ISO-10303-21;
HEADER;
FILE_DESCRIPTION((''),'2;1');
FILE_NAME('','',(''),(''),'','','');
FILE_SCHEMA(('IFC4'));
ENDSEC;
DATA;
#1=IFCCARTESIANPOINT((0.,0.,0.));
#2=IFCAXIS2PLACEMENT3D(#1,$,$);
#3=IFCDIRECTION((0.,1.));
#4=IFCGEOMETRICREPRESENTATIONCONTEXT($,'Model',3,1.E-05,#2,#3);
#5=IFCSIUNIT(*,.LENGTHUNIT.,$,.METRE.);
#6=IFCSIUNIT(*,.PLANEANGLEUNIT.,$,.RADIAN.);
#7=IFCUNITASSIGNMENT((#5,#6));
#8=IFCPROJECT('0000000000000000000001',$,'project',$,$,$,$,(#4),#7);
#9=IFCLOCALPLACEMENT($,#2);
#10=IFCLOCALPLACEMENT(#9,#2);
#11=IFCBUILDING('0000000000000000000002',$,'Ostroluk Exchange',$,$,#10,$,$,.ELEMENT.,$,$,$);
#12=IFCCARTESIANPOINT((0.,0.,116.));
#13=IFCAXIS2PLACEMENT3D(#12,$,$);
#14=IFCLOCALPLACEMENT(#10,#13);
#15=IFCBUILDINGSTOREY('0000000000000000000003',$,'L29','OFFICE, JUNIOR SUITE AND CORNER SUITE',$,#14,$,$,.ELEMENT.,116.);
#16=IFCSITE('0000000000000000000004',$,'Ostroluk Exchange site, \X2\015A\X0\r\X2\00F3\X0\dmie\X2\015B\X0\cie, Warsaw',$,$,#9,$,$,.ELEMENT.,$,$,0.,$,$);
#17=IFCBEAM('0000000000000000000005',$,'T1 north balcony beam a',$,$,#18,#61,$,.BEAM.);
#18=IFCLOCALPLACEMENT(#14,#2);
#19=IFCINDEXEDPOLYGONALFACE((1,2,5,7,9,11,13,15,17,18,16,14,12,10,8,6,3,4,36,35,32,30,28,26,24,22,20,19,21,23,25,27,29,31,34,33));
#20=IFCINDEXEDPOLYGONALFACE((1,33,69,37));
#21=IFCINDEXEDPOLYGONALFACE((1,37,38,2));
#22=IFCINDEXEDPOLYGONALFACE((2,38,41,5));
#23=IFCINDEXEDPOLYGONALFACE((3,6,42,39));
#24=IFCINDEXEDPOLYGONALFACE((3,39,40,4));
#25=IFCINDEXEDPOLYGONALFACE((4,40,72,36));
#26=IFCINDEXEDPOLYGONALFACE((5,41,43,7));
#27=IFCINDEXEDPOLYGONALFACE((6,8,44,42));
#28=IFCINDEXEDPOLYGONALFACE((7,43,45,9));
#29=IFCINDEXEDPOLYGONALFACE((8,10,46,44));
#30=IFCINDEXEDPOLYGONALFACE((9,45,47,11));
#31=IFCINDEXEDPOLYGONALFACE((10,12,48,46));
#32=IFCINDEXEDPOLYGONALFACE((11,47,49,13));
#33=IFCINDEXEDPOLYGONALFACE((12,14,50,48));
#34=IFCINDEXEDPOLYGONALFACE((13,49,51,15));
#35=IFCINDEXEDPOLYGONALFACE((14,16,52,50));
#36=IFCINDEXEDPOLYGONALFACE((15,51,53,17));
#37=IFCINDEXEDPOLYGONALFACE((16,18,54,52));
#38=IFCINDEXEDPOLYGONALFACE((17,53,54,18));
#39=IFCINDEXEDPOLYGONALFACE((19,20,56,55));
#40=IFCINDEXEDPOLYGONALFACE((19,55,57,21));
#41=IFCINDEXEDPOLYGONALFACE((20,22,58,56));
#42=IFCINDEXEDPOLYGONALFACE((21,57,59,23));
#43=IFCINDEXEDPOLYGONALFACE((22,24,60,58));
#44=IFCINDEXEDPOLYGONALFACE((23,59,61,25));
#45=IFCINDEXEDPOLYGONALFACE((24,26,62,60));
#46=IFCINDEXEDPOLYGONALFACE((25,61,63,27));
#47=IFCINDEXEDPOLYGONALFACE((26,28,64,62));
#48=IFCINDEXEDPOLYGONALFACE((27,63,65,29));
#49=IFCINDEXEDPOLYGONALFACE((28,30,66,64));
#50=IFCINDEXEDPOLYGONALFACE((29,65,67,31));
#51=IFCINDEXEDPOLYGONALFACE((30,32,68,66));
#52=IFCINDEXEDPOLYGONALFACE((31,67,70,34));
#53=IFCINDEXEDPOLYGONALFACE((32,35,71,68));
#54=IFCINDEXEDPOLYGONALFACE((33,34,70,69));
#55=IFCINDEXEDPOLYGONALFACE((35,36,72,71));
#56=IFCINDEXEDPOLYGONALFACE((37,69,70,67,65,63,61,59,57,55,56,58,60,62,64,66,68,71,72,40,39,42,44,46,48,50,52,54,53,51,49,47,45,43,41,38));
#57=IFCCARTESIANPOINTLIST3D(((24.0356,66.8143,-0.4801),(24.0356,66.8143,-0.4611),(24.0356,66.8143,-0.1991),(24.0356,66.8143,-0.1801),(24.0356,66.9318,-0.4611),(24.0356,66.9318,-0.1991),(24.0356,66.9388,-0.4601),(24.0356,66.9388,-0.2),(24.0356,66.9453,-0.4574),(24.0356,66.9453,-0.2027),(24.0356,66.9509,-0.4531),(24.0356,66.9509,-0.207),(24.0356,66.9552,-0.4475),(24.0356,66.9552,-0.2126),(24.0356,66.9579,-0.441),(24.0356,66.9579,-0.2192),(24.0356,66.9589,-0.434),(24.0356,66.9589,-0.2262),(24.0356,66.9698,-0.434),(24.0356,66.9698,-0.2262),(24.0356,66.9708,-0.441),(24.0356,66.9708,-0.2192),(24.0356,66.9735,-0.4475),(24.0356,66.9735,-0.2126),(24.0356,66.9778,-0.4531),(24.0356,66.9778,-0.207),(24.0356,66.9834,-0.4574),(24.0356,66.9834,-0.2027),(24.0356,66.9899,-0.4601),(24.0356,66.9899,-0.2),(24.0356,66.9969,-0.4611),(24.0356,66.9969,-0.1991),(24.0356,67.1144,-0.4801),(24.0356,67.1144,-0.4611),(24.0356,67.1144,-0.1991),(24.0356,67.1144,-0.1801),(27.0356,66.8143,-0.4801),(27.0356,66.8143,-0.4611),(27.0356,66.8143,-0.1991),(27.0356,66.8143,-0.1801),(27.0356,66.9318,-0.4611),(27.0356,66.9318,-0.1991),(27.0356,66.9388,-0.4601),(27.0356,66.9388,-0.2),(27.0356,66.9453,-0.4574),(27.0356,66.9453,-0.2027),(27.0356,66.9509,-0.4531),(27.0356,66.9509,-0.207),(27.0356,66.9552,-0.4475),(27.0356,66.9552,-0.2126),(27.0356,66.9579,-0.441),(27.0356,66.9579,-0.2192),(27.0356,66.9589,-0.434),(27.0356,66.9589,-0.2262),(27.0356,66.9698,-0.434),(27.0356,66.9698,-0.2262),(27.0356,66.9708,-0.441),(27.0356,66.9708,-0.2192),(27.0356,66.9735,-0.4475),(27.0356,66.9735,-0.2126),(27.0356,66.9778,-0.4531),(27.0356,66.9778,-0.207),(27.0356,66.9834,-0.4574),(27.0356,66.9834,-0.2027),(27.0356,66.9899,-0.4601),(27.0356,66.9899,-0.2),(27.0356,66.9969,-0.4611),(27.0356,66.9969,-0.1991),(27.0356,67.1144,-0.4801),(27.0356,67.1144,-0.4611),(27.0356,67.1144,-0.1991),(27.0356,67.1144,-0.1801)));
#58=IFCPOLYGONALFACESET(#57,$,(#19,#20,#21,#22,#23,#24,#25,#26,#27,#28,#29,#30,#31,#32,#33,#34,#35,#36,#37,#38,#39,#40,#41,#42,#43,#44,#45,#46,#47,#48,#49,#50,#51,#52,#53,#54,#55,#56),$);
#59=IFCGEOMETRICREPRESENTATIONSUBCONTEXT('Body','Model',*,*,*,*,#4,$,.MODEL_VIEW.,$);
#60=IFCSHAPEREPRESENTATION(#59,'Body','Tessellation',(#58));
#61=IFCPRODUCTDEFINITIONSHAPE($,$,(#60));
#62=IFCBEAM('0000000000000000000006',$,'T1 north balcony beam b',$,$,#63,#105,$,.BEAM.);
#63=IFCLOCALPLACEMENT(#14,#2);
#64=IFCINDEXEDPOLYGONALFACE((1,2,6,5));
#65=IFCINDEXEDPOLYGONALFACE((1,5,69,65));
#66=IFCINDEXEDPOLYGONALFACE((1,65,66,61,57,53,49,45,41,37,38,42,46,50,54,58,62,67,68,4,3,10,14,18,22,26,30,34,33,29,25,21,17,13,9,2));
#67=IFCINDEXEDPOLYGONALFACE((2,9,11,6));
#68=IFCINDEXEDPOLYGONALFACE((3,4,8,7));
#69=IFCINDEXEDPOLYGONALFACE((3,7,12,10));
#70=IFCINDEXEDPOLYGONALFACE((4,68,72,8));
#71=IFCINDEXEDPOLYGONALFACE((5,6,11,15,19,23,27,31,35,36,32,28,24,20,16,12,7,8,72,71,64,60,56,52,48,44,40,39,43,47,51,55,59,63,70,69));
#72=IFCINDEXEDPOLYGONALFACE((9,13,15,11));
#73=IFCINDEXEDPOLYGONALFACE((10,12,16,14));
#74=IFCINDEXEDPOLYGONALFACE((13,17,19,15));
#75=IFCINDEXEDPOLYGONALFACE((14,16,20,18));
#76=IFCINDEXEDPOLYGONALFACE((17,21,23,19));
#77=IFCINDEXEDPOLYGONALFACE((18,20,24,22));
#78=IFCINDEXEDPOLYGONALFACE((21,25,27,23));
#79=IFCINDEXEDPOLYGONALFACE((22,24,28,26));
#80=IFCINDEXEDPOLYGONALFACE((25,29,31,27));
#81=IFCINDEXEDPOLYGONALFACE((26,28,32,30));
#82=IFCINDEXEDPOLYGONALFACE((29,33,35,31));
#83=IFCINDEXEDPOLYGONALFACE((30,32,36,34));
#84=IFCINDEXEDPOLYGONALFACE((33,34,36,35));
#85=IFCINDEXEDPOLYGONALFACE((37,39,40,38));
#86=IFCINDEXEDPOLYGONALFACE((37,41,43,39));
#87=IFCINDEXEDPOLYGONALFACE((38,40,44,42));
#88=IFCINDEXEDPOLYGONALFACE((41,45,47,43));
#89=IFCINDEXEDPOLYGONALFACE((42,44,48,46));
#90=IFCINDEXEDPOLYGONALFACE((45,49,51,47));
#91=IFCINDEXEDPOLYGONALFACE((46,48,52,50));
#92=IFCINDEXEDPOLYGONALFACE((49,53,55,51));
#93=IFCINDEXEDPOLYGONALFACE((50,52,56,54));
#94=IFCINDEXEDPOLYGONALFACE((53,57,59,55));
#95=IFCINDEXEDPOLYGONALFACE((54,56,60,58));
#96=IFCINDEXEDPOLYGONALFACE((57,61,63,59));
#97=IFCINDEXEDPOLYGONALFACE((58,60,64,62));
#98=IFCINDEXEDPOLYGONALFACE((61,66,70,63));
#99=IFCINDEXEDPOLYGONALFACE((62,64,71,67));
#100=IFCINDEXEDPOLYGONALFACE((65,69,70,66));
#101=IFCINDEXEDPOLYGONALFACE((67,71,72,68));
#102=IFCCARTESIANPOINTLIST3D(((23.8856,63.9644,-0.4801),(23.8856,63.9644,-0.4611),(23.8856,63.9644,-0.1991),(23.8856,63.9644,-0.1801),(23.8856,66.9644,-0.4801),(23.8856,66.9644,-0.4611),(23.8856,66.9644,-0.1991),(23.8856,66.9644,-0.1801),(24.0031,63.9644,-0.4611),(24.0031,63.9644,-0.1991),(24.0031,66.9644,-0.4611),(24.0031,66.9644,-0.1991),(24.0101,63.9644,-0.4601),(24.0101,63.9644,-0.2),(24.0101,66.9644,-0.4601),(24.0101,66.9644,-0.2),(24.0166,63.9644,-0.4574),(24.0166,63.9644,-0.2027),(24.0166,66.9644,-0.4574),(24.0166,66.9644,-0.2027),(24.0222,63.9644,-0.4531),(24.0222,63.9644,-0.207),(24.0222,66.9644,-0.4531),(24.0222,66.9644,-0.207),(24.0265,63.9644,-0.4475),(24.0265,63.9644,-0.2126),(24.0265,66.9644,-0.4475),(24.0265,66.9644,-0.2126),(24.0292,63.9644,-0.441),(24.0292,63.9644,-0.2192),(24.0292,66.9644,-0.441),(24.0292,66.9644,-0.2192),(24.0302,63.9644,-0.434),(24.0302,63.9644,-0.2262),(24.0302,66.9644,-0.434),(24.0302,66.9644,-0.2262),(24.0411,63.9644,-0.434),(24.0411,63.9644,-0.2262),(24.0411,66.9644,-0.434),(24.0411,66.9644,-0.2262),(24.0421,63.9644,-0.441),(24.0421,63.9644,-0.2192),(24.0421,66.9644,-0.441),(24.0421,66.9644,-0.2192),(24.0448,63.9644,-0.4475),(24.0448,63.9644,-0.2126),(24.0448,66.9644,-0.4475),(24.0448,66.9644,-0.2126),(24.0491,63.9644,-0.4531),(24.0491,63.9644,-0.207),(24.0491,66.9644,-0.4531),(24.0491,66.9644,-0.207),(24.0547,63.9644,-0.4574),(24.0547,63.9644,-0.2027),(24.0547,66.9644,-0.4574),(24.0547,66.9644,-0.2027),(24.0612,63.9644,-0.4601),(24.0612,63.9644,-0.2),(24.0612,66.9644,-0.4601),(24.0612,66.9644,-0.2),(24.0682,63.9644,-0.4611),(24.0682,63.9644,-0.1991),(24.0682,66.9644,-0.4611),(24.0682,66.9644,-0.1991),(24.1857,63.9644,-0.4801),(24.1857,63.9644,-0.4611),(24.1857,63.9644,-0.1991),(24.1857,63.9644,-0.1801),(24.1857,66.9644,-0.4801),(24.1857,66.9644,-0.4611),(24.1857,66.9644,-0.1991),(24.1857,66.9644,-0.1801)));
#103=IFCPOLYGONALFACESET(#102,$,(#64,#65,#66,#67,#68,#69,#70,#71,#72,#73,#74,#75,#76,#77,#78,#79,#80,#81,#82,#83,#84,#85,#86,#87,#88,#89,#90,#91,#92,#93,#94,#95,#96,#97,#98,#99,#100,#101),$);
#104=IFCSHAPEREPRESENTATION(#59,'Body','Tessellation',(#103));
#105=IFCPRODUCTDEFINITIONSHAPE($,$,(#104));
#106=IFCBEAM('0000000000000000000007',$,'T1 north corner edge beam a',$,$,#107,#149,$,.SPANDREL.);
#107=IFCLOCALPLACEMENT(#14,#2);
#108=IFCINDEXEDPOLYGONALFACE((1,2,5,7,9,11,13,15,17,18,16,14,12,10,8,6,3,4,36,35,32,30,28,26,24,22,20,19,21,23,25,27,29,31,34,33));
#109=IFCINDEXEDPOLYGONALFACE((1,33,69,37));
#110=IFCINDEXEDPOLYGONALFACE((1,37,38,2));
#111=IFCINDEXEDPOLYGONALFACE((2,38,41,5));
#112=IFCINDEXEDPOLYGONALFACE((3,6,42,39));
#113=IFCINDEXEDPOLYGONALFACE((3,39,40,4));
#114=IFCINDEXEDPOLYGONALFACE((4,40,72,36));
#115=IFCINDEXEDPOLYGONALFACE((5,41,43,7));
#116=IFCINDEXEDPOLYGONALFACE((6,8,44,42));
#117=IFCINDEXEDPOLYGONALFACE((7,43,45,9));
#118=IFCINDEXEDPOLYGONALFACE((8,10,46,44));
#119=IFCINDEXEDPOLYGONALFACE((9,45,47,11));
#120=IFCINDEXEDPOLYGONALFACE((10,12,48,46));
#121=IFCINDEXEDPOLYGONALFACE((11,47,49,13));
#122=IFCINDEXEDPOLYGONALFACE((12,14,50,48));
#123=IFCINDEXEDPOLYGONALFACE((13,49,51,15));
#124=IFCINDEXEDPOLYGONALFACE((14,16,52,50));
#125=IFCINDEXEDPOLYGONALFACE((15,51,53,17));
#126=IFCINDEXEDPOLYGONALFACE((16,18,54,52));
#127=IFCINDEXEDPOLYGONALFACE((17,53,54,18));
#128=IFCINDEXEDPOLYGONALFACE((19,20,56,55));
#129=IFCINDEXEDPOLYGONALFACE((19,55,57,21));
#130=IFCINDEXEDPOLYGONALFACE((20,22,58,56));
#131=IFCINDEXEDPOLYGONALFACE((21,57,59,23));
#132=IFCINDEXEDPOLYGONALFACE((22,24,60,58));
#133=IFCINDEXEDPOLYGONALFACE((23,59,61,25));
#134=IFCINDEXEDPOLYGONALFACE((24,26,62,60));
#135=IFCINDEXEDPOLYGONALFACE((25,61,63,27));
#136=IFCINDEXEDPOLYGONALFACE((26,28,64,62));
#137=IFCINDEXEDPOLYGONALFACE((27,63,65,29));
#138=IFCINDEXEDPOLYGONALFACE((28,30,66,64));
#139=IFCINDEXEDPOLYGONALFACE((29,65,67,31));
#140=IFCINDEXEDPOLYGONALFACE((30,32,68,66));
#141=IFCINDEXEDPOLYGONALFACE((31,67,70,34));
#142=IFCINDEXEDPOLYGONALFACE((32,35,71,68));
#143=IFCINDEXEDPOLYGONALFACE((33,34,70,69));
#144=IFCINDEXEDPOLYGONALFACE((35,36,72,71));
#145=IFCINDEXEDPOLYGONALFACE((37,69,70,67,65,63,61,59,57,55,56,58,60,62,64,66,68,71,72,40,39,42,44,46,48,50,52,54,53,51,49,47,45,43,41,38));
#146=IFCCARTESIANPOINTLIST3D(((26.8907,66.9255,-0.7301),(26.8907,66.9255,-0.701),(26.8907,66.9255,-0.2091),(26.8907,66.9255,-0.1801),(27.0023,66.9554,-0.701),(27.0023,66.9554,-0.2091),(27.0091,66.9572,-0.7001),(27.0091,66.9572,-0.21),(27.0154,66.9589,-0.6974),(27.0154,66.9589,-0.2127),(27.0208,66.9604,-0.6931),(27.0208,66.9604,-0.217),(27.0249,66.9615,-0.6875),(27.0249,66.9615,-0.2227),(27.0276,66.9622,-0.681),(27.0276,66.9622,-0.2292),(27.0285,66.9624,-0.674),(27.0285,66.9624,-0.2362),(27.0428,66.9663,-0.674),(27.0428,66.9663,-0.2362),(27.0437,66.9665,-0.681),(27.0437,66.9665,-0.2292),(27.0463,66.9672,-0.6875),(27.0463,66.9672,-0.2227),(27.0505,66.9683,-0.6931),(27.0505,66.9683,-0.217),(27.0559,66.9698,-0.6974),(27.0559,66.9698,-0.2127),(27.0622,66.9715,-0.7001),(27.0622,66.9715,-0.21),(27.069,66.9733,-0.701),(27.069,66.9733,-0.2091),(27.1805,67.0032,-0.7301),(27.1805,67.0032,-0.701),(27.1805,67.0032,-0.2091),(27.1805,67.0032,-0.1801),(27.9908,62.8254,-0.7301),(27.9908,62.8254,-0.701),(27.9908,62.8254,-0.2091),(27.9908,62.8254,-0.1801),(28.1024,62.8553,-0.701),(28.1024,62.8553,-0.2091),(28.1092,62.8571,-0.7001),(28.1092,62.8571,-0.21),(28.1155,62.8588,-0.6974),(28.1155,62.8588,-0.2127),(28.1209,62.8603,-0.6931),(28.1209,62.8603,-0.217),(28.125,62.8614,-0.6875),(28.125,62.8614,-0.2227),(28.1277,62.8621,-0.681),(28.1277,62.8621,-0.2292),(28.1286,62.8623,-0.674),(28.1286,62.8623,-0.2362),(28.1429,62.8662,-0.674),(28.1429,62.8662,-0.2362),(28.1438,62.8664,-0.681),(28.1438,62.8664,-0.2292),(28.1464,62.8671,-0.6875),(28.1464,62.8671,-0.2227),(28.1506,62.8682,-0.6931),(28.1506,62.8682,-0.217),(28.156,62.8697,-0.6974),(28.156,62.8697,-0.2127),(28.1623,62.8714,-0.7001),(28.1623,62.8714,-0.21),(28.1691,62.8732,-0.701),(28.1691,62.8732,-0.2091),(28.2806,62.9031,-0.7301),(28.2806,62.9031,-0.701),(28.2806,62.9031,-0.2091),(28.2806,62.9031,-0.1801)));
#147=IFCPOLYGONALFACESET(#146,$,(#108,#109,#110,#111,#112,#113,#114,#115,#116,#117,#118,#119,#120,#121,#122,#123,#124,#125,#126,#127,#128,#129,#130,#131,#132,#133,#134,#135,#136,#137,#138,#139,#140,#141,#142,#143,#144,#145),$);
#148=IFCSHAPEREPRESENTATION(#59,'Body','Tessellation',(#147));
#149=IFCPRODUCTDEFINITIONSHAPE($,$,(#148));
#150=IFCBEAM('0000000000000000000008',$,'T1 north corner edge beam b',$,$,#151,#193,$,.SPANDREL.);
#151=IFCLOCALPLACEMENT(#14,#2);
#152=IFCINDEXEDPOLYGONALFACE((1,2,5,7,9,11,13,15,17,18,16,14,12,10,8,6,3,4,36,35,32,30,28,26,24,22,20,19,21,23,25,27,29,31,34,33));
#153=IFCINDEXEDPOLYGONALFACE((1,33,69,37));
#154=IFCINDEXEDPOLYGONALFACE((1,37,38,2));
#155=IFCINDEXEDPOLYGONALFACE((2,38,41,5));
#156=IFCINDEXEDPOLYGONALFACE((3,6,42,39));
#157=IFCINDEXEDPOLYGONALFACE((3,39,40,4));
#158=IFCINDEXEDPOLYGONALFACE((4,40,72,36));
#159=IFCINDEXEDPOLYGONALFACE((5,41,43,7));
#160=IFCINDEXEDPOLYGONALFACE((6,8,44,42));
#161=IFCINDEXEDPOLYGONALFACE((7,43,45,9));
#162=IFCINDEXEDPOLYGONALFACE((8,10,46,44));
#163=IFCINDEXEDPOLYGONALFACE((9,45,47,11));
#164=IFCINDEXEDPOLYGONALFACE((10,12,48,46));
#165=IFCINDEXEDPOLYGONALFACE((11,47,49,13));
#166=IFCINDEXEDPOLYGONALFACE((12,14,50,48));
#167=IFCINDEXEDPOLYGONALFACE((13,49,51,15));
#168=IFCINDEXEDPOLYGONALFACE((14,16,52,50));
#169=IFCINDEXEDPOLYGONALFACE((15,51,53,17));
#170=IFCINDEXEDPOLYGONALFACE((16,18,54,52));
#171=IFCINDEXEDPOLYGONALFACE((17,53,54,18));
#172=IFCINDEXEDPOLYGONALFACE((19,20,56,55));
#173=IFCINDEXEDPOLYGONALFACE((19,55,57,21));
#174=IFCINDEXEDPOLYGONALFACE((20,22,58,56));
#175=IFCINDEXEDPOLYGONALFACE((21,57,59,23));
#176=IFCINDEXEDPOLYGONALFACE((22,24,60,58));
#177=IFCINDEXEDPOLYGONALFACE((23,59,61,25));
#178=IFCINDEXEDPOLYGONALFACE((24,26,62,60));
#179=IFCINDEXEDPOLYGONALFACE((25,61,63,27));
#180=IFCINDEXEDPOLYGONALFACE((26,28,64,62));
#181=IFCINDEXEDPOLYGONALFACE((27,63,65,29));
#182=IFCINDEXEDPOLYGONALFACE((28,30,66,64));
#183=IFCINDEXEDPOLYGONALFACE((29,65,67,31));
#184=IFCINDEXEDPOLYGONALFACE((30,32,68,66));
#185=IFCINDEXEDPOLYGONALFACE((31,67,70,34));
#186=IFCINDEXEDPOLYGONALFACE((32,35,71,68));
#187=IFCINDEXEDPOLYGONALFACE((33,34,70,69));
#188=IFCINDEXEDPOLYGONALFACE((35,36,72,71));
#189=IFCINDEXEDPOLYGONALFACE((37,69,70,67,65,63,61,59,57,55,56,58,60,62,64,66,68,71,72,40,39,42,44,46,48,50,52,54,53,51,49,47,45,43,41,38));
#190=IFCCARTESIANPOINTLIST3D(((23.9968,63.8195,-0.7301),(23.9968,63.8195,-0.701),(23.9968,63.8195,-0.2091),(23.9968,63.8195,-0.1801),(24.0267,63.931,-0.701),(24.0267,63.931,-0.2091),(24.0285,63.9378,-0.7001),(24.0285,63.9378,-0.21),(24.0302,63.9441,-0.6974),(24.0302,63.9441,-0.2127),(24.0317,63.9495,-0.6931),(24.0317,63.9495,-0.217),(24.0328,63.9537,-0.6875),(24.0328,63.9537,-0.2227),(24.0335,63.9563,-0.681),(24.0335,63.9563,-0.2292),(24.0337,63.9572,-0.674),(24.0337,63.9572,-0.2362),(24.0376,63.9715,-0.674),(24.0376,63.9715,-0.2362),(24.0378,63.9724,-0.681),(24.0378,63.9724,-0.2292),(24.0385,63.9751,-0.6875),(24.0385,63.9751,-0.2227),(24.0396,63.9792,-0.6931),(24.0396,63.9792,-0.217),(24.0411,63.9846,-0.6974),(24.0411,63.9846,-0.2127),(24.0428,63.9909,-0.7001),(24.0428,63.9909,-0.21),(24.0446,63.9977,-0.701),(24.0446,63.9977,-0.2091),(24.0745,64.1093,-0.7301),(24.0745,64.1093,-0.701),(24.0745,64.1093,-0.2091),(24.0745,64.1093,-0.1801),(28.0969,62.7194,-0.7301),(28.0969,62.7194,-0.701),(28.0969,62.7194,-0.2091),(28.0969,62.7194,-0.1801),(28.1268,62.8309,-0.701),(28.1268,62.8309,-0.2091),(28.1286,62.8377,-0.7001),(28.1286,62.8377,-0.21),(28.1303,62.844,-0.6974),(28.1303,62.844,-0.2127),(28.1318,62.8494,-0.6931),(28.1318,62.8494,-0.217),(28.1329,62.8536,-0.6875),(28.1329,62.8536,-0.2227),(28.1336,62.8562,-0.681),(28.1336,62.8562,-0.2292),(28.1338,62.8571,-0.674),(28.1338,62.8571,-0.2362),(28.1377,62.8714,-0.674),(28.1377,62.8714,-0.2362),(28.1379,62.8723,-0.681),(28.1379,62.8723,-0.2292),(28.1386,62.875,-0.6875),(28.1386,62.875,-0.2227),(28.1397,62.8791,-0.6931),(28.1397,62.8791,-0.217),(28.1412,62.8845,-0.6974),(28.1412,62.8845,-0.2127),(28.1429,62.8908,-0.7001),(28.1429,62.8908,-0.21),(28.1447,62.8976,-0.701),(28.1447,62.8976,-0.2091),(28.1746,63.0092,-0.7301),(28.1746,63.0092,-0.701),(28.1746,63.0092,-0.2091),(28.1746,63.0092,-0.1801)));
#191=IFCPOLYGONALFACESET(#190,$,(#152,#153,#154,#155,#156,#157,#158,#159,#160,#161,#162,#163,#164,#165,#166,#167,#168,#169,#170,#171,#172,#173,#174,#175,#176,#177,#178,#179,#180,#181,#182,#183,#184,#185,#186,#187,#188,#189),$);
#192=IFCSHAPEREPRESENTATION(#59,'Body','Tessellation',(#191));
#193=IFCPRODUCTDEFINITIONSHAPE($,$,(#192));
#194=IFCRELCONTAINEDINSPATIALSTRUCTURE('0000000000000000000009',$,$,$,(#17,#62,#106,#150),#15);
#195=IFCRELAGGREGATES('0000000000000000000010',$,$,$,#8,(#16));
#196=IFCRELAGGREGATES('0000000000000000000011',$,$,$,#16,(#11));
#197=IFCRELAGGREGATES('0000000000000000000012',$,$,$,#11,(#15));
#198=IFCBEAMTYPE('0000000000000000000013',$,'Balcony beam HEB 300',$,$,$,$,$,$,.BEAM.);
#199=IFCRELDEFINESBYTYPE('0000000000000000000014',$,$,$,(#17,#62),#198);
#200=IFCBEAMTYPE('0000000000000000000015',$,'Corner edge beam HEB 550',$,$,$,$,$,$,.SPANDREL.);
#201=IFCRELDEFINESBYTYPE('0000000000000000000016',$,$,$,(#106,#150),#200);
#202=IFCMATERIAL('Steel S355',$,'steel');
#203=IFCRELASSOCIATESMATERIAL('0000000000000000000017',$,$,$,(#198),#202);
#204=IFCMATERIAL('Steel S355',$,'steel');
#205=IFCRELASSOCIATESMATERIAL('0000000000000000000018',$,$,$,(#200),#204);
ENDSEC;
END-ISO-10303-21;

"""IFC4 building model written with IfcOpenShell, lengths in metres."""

from ifc_helpers import new_model, si_unit, direction, frame, origin, origin_2d, place, context, subcontext, project, spatial, i_section, extrude, material, material_profile, profile_set, type_object, element, save


model = new_model("IFC4")

# Units and contexts
model_context = context("Model", 3, precision=1e-05, world=origin(), true_north=direction((0.0, 1.0)))
body_context = subcontext(model_context, "Body", "Model", "MODEL_VIEW")
ifc_project = project(units=[si_unit("LENGTHUNIT", "METRE"), si_unit("PLANEANGLEUNIT", "RADIAN")], contexts=[model_context])

# Site, building, storey
site_placement = place(None, origin())
site = spatial("IfcSite", under=ifc_project, at=site_placement, Name="Ostroluk Exchange site, Śródmieście, Warsaw", CompositionType="ELEMENT", RefElevation=0.0)
building_placement = place(site_placement, origin())
building = spatial("IfcBuilding", under=site, at=building_placement, Name="Ostroluk Exchange", CompositionType="ELEMENT")
storey_placement = place(building_placement, frame((0.0, 0.0, 116.0)))
storey = spatial("IfcBuildingStorey", under=building, at=storey_placement, Name="L29", Description="OFFICE, JUNIOR SUITE AND CORNER SUITE", CompositionType="ELEMENT", Elevation=116.0)

# Beams
ifc_material_1 = material(Name="Steel S355", Category="steel")
ifc_material_profile_1 = material_profile(ifc_material_1, i_section(OverallWidth=0.3, OverallDepth=0.3, WebThickness=0.011, FlangeThickness=0.019, FilletRadius=0.0271, at=origin_2d()), Name="HEB 300")
ifc_profile_set_1 = profile_set([ifc_material_profile_1], Name="Steel S355")
beam_type_1 = type_object("IfcBeamType", Name="Balcony beam HEB 300", PredefinedType="BEAM", material=ifc_profile_set_1)
for number, where, z_axis, x_axis, name in (
    (1, (27.0356, 66.9644, -0.3301), (-1.0, 0.0, 0.0), (0.0, -1.0, 0.0), "T1 north balcony beam a"),
    (2, (24.0356, 63.9644, -0.3301), (0.0, 1.0, 0.0), (-1.0, 0.0, 0.0), "T1 north balcony beam b"),
):
    element("IfcBeam", number, at=place(storey_placement, frame(where, z_axis=z_axis, x_axis=x_axis)), inside=storey, type_object=beam_type_1, Name=name, PredefinedType="BEAM", context=body_context, shape_type="SweptSolid", body=[
        extrude(i_section(OverallWidth=0.3, OverallDepth=0.3, WebThickness=0.011, FlangeThickness=0.019, FilletRadius=0.0271, at=origin_2d()), origin(), (0.0, 0.0, 1.0), 3.0),
    ])
ifc_material_2 = material(Name="Steel S355", Category="steel")
ifc_material_profile_2 = material_profile(ifc_material_2, i_section(OverallWidth=0.3, OverallDepth=0.55, WebThickness=0.0149, FlangeThickness=0.0291, FilletRadius=0.0271, at=origin_2d()), Name="HEB 550")
ifc_profile_set_2 = profile_set([ifc_material_profile_2], Name="Steel S355")
beam_type_2 = type_object("IfcBeamType", Name="Corner edge beam HEB 550", PredefinedType="SPANDREL", material=ifc_profile_set_2)
for number, where, z_axis, x_axis, name in (
    (3, (28.1357, 62.8643, -0.4551), (-0.259144, 0.965839, 0.0), (-0.965839, -0.259144, 0.0), "T1 north corner edge beam a"),
    (4, (28.1357, 62.8643, -0.4551), (-0.965839, 0.259144, 0.0), (-0.259144, -0.965839, 0.0), "T1 north corner edge beam b"),
):
    element("IfcBeam", number, at=place(storey_placement, frame(where, z_axis=z_axis, x_axis=x_axis)), inside=storey, type_object=beam_type_2, Name=name, PredefinedType="SPANDREL", context=body_context, shape_type="SweptSolid", body=[
        extrude(i_section(OverallWidth=0.3, OverallDepth=0.55, WebThickness=0.0149, FlangeThickness=0.0291, FilletRadius=0.0271, at=origin_2d()), origin(), (0.0, 0.0, 1.0), 4.2451),
    ])

save(model, "model.ifc")
